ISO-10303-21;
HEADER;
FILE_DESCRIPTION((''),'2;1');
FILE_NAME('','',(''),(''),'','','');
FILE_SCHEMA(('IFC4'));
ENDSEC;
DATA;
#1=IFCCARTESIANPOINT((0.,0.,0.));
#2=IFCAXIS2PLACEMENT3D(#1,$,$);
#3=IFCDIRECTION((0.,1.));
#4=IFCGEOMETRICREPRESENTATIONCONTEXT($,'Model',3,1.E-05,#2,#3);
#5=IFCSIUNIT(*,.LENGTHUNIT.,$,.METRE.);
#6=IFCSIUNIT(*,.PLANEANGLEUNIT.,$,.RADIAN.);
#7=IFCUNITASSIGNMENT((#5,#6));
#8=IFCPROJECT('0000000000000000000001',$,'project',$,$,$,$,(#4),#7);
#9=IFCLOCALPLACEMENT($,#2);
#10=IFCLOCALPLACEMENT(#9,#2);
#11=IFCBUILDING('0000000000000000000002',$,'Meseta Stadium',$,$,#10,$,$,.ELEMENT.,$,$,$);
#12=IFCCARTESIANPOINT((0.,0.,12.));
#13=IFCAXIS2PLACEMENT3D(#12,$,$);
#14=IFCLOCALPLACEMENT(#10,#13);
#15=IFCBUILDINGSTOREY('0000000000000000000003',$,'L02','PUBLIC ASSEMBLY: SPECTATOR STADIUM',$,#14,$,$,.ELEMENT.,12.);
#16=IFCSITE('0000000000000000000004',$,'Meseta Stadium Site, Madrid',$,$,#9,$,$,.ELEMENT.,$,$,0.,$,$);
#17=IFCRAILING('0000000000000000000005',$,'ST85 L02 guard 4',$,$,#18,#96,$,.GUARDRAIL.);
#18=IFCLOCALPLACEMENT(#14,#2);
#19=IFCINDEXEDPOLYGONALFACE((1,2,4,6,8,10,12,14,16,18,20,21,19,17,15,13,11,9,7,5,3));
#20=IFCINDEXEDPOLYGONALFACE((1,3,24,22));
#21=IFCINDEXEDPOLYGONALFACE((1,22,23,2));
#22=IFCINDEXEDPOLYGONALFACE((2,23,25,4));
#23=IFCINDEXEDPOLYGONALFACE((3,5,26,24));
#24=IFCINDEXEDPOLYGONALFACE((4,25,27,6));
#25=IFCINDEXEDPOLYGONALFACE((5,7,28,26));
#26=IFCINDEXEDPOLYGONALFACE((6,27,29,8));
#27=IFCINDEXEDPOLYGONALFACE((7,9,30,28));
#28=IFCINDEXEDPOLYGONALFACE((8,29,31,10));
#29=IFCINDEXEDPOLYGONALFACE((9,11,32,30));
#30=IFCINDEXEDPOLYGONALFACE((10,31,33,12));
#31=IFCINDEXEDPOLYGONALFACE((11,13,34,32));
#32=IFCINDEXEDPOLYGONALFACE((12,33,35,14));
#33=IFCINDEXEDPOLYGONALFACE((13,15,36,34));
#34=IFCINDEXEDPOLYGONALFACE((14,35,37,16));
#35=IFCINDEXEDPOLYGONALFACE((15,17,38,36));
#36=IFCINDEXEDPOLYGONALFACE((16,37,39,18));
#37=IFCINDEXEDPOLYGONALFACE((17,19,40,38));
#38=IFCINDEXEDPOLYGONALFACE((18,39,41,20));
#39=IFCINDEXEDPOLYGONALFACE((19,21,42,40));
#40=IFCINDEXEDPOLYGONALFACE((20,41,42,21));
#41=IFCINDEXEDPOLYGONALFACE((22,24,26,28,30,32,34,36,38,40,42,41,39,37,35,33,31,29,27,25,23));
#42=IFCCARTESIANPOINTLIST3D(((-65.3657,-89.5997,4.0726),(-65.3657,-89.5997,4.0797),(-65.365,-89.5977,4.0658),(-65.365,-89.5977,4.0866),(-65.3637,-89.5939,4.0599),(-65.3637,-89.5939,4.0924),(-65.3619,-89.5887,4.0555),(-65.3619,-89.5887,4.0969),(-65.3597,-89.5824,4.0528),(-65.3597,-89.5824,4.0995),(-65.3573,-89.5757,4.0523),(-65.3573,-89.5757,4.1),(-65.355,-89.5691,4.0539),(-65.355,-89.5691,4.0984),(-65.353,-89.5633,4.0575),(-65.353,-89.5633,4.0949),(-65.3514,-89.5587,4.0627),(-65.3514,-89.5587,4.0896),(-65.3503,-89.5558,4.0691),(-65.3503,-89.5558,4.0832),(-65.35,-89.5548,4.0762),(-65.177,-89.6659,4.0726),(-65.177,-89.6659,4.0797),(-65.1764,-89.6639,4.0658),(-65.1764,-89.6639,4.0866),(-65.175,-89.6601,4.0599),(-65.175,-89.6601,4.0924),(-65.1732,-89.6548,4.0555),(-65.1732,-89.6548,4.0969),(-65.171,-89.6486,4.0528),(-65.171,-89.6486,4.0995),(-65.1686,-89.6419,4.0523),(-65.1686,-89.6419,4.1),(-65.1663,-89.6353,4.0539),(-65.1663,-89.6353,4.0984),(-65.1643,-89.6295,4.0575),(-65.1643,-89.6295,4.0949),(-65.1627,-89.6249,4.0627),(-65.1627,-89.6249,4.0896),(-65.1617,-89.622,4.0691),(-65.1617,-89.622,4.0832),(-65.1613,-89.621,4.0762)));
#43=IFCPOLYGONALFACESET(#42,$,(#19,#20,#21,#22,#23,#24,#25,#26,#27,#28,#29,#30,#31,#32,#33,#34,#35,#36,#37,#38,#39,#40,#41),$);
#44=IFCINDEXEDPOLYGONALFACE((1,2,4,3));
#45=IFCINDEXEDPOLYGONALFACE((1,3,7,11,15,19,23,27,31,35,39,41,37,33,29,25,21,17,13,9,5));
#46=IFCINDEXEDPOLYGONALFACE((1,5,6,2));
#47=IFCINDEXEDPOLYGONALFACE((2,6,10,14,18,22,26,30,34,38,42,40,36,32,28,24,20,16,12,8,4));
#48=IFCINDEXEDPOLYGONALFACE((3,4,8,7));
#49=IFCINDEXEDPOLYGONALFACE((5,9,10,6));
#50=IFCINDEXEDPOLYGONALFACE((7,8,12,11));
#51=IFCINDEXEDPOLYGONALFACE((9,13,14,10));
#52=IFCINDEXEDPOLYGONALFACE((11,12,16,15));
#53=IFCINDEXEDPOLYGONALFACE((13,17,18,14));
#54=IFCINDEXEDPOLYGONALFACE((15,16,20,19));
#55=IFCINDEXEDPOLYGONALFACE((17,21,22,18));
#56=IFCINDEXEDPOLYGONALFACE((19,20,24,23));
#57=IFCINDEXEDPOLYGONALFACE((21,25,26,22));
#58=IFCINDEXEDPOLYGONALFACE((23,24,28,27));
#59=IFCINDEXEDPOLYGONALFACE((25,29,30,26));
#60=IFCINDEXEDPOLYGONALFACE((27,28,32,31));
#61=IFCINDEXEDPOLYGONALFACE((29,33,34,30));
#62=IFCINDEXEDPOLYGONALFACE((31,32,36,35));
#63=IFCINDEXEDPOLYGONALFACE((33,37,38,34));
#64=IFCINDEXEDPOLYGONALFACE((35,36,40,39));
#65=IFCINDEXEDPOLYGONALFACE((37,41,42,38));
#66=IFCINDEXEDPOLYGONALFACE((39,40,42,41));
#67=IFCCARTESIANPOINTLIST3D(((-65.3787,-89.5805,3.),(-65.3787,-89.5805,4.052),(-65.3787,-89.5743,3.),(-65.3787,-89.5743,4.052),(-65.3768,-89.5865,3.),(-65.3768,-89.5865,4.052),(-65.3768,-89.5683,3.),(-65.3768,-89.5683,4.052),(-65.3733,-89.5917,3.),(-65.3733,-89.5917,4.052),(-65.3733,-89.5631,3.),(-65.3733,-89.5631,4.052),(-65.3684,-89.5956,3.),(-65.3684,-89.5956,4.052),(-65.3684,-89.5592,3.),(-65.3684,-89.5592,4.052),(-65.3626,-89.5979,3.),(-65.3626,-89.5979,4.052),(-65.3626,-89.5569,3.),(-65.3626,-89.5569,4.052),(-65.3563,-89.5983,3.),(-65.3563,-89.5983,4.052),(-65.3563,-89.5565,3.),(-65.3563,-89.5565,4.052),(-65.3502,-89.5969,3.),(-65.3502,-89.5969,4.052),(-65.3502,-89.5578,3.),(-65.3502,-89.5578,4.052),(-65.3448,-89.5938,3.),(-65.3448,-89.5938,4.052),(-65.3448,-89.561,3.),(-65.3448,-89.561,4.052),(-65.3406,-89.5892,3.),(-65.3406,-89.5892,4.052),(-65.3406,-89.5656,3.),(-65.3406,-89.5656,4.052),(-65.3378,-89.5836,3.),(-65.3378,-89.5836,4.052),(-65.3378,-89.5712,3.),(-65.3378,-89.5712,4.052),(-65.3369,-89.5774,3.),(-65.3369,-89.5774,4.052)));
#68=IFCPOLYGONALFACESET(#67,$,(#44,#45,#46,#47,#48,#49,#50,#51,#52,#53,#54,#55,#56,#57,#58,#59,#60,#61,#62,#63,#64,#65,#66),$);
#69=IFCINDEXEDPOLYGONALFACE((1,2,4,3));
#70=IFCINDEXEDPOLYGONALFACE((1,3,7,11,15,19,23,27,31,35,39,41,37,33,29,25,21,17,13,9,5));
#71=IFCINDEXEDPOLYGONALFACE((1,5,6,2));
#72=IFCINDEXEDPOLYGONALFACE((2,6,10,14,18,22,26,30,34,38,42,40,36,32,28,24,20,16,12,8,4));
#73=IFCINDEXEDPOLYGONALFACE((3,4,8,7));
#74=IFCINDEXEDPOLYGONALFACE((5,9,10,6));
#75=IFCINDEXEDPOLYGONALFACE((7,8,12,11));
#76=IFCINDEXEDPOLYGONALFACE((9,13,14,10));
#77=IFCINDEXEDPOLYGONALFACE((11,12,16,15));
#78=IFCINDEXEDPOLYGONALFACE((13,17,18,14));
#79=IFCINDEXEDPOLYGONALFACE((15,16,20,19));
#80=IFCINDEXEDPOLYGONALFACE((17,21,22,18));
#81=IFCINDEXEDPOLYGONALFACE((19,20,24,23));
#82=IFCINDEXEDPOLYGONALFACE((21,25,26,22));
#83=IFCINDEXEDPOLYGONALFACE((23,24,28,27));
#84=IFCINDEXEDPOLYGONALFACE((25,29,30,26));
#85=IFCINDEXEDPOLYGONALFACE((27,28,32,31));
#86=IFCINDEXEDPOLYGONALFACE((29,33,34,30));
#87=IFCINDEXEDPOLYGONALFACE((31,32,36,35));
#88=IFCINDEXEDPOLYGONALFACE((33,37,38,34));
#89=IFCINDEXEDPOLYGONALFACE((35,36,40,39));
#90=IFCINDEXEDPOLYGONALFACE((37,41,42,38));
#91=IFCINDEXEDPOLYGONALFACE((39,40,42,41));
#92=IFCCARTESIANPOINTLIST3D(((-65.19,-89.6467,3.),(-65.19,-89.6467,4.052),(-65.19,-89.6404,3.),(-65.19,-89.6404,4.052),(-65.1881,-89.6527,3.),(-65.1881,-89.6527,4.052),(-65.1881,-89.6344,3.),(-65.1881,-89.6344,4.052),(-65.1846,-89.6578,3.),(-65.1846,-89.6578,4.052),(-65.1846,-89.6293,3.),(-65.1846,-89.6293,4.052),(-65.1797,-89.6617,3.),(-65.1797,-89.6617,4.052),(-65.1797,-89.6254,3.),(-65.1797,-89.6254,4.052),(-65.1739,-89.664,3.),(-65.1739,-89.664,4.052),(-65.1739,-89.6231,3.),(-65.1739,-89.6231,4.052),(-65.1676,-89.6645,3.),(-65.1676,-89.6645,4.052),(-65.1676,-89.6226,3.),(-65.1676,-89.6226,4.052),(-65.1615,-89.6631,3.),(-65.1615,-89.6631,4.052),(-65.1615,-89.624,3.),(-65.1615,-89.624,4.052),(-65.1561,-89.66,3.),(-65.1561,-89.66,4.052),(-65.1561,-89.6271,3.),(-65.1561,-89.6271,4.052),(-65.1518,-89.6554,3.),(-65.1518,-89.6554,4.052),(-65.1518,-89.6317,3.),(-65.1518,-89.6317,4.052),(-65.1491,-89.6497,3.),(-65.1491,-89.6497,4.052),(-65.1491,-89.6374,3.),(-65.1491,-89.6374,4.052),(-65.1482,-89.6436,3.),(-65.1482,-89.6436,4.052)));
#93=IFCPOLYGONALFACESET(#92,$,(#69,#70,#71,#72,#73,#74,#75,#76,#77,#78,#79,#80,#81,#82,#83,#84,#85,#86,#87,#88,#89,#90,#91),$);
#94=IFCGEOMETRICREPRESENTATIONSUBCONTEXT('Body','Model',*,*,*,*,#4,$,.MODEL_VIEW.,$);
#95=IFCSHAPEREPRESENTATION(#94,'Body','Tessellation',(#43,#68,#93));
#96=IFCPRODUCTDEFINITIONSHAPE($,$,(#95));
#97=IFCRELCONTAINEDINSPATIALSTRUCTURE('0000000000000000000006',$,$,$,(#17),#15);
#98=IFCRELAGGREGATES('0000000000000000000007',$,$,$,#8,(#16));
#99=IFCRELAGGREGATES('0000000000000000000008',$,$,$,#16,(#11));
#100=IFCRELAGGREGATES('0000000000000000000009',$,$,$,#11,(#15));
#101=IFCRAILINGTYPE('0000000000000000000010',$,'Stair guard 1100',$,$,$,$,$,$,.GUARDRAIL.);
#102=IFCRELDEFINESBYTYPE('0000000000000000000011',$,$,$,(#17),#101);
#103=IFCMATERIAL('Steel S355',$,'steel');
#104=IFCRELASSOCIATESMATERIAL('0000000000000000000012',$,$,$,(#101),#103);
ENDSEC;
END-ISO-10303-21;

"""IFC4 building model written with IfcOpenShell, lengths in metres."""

from ifc_helpers import new_model, si_unit, direction, frame, origin, origin_2d, place, context, subcontext, project, spatial, circle, extrude, material, type_object, element, save


model = new_model("IFC4")

# Units and contexts
model_context = context("Model", 3, precision=1e-05, world=origin(), true_north=direction((0.0, 1.0)))
body_context = subcontext(model_context, "Body", "Model", "MODEL_VIEW")
ifc_project = project(units=[si_unit("LENGTHUNIT", "METRE"), si_unit("PLANEANGLEUNIT", "RADIAN")], contexts=[model_context])

# Site, building, storey
site_placement = place(None, origin())
site = spatial("IfcSite", under=ifc_project, at=site_placement, Name="Meseta Stadium Site, Madrid", CompositionType="ELEMENT", RefElevation=0.0)
building_placement = place(site_placement, origin())
building = spatial("IfcBuilding", under=site, at=building_placement, Name="Meseta Stadium", CompositionType="ELEMENT")
storey_placement = place(building_placement, frame((0.0, 0.0, 12.0)))
storey = spatial("IfcBuildingStorey", under=building, at=storey_placement, Name="L02", Description="PUBLIC ASSEMBLY: SPECTATOR STADIUM", CompositionType="ELEMENT", Elevation=12.0)

# Railing
ifc_material_1 = material(Name="Steel S355", Category="steel")
railing_type_1 = type_object("IfcRailingType", Name="Stair guard 1100", PredefinedType="GUARDRAIL", material=ifc_material_1)
railing_1_placement = place(storey_placement, frame((-65.3579, -89.5774, 3.0)))
element("IfcRailing", 1, at=railing_1_placement, inside=storey, type_object=railing_type_1, Name="ST85 L02 guard 4", PredefinedType="GUARDRAIL", context=body_context, shape_type="SweptSolid", body=[
    extrude(circle(Radius=0.0239, at=origin_2d()), frame((0.0, 0.0, 1.0762), z_axis=(0.943687, -0.33084, 0.0), x_axis=(0.33084, 0.943687, 0.0)), (0.0, 0.0, 1.0), 0.2),
    extrude(circle(Radius=0.021, at=origin_2d()), origin(), (0.0, 0.0, 1.0), 1.052),
    extrude(circle(Radius=0.021, at=origin_2d()), frame((0.1887, -0.0662, 0.0)), (0.0, 0.0, 1.0), 1.052),
])

save(model, "model.ifc")
